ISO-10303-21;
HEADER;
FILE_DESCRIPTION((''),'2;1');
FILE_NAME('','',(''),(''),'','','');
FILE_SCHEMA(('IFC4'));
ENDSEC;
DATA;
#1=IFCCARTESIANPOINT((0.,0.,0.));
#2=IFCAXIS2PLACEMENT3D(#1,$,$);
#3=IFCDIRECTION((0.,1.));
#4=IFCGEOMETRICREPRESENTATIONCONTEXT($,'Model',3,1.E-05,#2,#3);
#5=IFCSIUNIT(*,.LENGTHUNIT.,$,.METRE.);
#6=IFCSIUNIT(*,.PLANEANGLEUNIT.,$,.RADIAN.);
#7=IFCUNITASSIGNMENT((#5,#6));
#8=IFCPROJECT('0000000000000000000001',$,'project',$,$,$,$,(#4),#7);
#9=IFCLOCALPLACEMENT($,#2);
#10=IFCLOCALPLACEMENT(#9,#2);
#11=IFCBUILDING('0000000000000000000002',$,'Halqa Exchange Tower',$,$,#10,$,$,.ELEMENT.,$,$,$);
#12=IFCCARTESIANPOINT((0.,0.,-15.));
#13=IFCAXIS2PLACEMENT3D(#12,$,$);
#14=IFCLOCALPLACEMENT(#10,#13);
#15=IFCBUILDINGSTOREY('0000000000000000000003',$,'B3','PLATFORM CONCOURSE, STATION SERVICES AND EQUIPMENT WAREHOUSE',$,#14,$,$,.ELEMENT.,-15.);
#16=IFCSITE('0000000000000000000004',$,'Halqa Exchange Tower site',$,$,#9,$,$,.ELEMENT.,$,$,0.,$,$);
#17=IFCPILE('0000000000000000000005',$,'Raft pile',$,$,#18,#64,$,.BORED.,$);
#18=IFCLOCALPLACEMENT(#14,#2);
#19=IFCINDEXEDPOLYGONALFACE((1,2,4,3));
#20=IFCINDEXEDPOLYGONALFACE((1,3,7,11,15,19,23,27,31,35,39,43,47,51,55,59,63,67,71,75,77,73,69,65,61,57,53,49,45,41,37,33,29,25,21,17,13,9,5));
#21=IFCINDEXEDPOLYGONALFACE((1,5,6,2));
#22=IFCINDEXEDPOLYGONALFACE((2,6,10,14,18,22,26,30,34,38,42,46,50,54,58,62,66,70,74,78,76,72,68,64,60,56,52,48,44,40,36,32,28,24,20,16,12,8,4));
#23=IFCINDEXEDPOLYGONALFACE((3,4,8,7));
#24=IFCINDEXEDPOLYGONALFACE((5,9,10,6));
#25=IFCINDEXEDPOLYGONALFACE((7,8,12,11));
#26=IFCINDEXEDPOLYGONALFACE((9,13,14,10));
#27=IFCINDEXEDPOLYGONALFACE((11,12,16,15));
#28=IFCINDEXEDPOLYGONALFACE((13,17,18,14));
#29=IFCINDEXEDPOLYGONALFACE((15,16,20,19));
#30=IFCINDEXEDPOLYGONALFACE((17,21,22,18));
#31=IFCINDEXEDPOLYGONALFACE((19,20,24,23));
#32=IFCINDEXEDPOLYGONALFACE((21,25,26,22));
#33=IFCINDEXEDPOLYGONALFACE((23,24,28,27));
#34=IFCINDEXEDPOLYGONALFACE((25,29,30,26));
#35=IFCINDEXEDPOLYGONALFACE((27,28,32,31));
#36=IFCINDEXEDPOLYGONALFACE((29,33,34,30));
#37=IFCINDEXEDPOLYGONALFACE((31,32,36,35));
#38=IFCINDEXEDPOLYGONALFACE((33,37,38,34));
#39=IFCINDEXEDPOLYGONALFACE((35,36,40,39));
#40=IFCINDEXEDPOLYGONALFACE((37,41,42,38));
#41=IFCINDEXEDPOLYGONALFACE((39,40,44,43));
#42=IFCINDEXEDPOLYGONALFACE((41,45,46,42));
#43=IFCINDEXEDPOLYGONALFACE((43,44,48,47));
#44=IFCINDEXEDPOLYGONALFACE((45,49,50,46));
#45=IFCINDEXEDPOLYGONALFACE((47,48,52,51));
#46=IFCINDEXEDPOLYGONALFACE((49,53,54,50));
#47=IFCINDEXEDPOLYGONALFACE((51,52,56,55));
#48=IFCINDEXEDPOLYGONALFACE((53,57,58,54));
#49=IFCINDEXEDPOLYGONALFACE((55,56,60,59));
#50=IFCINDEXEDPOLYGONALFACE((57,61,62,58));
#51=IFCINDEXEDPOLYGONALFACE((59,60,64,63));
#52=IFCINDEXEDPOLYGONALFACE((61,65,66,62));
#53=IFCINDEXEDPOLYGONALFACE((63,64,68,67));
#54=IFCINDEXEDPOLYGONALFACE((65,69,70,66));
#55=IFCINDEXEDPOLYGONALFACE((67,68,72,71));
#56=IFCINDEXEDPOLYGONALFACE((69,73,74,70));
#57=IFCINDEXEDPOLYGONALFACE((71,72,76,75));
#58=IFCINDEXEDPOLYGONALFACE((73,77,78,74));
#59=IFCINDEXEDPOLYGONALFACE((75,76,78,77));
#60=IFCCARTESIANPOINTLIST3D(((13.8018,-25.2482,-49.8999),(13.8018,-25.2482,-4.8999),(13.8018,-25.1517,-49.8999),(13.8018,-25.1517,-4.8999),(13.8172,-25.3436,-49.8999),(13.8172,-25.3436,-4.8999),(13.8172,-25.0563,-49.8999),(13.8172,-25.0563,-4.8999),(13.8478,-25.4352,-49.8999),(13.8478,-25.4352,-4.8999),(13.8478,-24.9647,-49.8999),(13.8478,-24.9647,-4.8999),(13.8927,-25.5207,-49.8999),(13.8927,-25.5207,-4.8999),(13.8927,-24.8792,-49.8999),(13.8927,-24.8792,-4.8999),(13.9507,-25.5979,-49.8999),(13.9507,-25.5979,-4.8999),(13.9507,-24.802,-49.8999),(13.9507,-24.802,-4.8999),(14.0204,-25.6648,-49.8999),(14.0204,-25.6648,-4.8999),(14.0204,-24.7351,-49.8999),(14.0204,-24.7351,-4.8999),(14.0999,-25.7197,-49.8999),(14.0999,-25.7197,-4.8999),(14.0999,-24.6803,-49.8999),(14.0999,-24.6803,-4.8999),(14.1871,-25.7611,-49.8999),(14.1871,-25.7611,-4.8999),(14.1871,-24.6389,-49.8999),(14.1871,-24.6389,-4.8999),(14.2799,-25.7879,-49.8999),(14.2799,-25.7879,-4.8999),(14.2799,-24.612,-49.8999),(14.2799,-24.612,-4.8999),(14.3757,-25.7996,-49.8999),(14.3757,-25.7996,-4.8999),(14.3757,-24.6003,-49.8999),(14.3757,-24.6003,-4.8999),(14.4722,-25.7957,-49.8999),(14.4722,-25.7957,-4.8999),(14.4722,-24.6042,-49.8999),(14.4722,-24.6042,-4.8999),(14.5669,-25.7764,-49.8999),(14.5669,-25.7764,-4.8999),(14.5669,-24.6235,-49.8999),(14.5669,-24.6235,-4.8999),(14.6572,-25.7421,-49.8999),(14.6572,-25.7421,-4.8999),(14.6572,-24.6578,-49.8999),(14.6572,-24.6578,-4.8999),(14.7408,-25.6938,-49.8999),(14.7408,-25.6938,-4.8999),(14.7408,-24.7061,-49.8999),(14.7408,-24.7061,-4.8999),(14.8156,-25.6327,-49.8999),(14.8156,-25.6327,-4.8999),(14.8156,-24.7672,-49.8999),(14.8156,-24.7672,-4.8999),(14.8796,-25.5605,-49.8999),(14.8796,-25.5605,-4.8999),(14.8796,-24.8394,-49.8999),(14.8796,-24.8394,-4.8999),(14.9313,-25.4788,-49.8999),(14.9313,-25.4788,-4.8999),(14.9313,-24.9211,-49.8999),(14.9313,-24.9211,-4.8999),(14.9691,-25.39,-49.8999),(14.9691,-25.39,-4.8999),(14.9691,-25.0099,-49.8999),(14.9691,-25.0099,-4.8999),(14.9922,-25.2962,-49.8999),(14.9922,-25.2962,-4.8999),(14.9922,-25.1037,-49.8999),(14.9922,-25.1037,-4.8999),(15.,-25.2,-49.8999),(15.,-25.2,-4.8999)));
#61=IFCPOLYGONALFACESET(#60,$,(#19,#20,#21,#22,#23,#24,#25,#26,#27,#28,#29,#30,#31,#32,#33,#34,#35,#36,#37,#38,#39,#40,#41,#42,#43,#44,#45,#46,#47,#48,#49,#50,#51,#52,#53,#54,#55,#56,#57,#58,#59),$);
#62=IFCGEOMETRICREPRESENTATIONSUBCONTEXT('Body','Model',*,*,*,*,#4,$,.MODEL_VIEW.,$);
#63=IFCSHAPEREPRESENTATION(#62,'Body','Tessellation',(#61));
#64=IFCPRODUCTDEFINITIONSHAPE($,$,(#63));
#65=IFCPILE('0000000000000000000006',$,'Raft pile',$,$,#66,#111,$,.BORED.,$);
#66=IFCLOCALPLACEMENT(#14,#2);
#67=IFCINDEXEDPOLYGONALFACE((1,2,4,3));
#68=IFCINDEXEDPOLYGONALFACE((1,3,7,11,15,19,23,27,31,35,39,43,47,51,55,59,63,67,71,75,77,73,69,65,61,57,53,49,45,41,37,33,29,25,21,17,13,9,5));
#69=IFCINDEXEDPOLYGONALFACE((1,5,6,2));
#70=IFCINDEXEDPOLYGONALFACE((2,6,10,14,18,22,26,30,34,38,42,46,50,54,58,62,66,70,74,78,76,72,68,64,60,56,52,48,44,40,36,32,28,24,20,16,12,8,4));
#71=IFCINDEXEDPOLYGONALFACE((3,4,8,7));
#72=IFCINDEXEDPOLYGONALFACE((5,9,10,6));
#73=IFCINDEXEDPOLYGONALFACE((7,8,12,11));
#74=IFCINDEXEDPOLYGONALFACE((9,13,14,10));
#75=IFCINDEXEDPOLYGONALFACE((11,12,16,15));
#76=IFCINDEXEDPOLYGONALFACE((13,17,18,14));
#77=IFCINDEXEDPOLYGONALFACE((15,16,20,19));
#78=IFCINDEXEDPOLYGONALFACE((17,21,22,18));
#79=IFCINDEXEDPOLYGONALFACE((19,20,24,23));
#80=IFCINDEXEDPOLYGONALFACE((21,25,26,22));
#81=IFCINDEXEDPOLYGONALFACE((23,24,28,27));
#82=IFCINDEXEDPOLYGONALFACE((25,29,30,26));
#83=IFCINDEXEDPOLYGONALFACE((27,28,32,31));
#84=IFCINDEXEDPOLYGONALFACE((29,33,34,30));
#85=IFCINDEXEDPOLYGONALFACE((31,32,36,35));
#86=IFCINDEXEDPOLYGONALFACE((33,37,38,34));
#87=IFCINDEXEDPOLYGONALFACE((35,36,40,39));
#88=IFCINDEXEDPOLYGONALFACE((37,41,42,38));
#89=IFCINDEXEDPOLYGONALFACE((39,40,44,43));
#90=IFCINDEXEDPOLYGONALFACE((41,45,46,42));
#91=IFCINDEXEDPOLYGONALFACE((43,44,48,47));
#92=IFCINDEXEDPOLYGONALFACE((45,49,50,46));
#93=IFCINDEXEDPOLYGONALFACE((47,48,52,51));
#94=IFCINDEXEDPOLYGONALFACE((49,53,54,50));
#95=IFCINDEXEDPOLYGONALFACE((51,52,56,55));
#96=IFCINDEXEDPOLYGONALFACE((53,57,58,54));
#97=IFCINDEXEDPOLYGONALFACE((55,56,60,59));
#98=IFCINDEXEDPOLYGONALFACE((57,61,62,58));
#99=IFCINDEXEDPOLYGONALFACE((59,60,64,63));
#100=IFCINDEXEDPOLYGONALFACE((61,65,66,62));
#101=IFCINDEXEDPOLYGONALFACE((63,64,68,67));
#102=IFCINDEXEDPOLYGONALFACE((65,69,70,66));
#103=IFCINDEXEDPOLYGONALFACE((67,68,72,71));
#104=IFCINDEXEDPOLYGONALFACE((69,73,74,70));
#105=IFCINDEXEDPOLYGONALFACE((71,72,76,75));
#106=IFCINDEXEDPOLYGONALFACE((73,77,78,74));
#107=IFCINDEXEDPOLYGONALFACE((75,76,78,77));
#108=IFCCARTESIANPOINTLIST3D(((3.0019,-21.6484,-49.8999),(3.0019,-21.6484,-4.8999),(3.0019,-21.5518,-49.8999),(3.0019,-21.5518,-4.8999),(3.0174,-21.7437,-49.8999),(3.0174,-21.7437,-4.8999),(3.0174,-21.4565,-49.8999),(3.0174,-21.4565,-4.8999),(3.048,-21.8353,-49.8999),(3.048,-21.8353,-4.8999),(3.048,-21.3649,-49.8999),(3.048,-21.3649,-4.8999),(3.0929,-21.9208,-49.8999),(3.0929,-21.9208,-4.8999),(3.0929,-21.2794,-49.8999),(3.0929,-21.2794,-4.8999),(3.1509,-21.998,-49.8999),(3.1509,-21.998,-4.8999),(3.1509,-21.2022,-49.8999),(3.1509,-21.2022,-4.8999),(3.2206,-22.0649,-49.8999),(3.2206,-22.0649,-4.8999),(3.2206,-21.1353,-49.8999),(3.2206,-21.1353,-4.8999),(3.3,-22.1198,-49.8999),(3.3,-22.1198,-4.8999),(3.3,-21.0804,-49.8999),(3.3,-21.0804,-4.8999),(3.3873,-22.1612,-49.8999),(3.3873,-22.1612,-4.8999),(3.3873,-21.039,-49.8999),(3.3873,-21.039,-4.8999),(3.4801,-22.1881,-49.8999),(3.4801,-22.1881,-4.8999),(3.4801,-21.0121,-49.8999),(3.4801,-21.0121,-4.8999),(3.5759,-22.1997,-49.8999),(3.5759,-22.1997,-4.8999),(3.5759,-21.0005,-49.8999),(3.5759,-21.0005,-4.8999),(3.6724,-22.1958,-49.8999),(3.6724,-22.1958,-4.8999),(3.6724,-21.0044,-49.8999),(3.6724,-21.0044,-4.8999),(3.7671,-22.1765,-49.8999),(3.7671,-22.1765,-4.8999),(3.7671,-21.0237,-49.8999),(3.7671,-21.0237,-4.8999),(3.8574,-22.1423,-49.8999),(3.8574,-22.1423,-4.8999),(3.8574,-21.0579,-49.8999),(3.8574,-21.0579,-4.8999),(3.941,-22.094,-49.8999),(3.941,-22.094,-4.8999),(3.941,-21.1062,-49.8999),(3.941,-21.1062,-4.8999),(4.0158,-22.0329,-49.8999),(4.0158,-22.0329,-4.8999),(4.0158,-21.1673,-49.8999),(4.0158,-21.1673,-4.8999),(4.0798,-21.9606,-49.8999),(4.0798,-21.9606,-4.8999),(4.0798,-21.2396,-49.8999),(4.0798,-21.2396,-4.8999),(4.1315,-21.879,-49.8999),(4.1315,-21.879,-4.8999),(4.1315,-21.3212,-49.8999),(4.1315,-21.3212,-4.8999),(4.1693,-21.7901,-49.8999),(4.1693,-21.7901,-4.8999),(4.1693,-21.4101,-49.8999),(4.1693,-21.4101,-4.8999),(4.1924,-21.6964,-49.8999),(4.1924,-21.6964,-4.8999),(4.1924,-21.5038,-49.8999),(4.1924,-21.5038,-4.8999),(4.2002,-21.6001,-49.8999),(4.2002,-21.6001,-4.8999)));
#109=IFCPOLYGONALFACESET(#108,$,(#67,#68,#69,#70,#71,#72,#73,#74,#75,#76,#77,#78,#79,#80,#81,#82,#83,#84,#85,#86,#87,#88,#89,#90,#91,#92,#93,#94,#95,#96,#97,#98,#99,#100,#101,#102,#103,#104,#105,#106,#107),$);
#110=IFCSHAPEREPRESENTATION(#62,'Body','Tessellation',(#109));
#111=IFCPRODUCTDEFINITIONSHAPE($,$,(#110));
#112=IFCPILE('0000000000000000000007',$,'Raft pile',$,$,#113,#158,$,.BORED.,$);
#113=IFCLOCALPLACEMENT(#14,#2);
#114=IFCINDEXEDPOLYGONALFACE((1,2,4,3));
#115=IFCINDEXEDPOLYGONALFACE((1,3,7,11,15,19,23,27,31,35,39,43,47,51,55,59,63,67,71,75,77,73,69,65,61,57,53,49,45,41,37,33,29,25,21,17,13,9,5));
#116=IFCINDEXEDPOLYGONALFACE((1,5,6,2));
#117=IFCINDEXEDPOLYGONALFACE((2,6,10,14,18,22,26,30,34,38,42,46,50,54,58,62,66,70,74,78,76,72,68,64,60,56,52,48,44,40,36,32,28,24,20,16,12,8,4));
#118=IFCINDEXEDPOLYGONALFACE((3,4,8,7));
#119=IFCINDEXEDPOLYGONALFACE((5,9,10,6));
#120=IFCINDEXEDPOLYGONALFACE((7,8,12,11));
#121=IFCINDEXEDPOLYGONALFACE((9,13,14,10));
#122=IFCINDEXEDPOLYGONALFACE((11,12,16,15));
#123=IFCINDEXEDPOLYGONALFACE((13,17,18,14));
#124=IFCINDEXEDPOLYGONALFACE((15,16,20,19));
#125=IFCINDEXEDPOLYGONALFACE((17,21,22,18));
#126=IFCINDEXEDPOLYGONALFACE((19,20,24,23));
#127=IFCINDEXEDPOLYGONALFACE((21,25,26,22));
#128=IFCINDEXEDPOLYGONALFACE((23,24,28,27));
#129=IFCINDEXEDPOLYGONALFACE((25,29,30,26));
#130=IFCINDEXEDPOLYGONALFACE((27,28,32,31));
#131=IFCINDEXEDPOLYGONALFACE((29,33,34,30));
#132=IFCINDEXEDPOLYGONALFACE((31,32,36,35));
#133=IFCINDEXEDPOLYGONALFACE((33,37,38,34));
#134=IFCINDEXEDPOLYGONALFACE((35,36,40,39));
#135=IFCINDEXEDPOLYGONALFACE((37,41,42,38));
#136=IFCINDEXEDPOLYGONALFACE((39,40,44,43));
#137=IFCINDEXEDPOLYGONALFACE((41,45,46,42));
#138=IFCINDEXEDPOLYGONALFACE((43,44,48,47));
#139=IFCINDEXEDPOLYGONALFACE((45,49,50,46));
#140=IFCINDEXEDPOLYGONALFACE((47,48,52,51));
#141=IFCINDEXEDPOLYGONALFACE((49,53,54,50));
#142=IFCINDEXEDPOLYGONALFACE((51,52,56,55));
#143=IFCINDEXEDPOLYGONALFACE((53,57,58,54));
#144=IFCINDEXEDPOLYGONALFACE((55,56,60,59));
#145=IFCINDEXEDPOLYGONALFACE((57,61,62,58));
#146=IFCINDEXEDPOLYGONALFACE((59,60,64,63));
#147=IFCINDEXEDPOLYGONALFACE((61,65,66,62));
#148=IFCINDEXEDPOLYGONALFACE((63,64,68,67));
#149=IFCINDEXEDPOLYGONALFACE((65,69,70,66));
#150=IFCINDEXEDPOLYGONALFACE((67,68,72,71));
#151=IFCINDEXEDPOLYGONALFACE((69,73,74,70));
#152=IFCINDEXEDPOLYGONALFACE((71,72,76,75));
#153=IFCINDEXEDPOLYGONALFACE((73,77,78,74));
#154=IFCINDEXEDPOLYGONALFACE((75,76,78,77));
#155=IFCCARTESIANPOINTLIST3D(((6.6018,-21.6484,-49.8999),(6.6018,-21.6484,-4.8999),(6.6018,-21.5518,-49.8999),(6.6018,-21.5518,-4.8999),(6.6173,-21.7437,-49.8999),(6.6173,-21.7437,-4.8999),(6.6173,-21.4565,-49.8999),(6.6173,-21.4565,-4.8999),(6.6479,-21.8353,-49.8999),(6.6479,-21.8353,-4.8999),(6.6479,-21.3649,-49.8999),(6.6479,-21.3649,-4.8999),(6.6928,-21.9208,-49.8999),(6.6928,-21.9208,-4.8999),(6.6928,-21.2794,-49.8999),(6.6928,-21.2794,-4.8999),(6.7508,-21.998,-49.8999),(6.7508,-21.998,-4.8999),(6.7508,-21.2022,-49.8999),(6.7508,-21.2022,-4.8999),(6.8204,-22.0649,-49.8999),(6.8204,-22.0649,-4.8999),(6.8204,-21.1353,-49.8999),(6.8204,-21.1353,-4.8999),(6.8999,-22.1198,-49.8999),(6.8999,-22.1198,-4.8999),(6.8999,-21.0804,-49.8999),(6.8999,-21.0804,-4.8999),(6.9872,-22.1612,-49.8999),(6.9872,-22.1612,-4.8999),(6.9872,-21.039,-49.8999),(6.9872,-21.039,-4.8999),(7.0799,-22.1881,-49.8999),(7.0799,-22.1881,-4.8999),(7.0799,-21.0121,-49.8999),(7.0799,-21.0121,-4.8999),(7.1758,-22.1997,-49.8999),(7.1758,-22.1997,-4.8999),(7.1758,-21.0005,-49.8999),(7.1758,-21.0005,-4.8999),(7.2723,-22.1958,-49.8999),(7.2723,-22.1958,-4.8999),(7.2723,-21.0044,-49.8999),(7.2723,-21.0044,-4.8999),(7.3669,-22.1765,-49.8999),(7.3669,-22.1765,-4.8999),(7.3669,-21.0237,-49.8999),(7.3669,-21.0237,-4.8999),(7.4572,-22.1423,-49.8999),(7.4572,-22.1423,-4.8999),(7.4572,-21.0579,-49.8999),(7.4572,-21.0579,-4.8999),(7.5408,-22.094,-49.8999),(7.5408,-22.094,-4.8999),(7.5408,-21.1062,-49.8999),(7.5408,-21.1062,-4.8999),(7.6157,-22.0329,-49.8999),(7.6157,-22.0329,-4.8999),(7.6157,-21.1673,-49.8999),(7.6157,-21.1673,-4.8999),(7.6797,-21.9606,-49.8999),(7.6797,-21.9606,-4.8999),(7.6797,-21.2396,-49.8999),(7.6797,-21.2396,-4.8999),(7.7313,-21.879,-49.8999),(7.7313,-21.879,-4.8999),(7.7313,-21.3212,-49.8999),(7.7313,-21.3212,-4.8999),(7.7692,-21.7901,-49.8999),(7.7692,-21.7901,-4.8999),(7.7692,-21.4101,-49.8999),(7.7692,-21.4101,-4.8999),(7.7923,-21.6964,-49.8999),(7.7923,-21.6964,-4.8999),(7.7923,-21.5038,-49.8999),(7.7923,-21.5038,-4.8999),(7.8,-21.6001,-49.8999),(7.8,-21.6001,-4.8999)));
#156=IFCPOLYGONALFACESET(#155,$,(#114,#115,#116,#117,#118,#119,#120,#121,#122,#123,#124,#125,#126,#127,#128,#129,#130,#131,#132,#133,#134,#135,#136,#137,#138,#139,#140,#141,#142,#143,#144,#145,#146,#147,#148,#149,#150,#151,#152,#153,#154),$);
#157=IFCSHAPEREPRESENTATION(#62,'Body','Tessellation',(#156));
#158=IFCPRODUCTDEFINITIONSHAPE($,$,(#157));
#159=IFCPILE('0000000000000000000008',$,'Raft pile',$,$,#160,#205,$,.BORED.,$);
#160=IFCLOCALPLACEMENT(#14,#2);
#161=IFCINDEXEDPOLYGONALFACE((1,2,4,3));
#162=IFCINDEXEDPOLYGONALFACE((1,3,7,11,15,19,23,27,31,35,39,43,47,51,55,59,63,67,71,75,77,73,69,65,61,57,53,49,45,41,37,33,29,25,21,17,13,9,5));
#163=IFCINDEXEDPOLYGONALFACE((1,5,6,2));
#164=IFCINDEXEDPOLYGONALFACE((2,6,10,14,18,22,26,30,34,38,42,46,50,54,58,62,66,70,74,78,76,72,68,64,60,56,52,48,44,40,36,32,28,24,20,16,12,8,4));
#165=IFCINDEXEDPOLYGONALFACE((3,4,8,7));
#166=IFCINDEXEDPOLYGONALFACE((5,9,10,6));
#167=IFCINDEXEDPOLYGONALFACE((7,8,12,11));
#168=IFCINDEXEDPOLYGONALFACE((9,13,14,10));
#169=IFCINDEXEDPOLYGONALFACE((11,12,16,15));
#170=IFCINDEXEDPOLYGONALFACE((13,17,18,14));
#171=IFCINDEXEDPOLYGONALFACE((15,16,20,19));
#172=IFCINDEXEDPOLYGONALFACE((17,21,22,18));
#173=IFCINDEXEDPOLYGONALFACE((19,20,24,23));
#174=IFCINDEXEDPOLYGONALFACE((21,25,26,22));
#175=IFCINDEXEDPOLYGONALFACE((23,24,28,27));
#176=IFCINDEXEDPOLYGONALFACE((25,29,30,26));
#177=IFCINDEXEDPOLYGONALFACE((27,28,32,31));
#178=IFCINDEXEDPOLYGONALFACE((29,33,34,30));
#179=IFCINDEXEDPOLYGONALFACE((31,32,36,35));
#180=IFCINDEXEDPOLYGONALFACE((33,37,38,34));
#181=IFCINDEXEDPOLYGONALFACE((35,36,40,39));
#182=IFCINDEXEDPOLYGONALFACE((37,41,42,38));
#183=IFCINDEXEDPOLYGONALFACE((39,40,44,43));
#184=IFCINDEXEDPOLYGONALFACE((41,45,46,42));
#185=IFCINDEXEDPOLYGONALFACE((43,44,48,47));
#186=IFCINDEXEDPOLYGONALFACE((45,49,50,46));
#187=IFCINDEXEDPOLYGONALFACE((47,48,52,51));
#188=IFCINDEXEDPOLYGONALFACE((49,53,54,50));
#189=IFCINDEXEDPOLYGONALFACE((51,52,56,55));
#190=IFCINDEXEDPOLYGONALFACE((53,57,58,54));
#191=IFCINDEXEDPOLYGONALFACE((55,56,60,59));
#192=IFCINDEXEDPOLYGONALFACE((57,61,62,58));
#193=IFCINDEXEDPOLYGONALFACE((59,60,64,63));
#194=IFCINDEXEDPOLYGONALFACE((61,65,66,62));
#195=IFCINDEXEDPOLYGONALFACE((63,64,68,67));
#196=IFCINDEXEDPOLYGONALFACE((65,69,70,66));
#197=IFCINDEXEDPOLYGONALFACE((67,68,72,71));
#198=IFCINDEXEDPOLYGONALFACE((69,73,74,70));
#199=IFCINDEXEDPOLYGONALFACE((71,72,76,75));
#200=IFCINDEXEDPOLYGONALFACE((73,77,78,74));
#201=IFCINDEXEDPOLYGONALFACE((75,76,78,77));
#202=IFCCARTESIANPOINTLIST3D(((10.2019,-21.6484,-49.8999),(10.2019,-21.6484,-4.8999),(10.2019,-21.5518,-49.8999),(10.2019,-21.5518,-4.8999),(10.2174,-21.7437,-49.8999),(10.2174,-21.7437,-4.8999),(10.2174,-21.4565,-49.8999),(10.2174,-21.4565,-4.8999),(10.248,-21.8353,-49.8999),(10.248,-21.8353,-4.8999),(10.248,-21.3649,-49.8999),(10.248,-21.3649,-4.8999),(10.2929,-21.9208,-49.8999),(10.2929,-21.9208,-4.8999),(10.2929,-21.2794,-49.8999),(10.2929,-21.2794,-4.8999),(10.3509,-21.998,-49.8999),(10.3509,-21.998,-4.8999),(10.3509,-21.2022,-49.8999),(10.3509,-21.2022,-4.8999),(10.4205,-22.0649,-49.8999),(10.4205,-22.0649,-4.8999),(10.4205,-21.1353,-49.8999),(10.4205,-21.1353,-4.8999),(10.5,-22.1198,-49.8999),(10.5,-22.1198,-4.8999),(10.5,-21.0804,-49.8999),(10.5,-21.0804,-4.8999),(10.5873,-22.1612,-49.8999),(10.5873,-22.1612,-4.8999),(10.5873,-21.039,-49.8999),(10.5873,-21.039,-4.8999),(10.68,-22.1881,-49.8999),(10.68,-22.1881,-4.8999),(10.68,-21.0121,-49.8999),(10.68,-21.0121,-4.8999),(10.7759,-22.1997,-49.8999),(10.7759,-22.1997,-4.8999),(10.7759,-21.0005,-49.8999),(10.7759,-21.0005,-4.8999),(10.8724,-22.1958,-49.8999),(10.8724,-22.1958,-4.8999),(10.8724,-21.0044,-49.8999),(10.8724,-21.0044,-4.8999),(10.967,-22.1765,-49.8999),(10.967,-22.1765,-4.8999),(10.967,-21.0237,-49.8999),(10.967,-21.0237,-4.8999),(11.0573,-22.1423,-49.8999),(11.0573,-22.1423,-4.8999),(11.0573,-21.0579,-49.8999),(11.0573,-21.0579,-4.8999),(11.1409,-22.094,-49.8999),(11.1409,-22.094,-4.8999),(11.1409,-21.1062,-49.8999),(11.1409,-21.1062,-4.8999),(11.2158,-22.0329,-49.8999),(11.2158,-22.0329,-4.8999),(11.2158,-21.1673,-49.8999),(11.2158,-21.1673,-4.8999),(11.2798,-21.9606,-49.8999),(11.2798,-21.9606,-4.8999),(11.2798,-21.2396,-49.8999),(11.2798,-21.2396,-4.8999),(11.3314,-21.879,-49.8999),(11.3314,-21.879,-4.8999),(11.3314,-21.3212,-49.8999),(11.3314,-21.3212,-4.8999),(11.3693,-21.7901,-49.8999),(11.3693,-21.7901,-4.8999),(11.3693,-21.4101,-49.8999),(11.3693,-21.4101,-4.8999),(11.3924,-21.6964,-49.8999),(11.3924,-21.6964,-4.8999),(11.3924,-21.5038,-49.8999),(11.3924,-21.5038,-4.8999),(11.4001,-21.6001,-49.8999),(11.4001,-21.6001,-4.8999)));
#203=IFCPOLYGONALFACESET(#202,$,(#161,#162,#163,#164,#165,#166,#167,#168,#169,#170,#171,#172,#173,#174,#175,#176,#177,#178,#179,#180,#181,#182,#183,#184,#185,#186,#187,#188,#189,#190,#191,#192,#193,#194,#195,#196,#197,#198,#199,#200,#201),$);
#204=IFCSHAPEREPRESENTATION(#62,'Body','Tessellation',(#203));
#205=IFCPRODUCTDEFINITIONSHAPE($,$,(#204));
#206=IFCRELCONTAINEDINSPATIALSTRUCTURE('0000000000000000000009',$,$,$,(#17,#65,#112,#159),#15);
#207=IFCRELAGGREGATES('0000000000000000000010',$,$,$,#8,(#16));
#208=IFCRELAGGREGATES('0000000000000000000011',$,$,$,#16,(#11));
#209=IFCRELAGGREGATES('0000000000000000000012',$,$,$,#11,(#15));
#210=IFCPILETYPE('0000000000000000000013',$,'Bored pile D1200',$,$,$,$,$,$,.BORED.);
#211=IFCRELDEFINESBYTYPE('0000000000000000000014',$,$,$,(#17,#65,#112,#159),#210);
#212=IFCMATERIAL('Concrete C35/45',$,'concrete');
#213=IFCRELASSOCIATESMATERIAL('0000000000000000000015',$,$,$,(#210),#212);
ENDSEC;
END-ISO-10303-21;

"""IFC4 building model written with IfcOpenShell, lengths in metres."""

from ifc_helpers import new_model, si_unit, direction, frame, origin, origin_2d, place, context, subcontext, project, spatial, circle, extrude, material, material_profile, profile_set, type_object, element, save


model = new_model("IFC4")

# Units and contexts
model_context = context("Model", 3, precision=1e-05, world=origin(), true_north=direction((0.0, 1.0)))
body_context = subcontext(model_context, "Body", "Model", "MODEL_VIEW")
ifc_project = project(units=[si_unit("LENGTHUNIT", "METRE"), si_unit("PLANEANGLEUNIT", "RADIAN")], contexts=[model_context])

# Site, building, storey
site_placement = place(None, origin())
site = spatial("IfcSite", under=ifc_project, at=site_placement, Name="Halqa Exchange Tower site", CompositionType="ELEMENT", RefElevation=0.0)
building_placement = place(site_placement, origin())
building = spatial("IfcBuilding", under=site, at=building_placement, Name="Halqa Exchange Tower", CompositionType="ELEMENT")
storey_placement = place(building_placement, frame((0.0, 0.0, -15.0)))
storey = spatial("IfcBuildingStorey", under=building, at=storey_placement, Name="B3", Description="PLATFORM CONCOURSE, STATION SERVICES AND EQUIPMENT WAREHOUSE", CompositionType="ELEMENT", Elevation=-15.0)

# Piles
ifc_material_1 = material(Name="Concrete C35/45", Category="concrete")
ifc_material_profile_1 = material_profile(ifc_material_1, circle(Radius=0.6001, at=origin_2d()), Name="D1200")
ifc_profile_set_1 = profile_set([ifc_material_profile_1], Name="Concrete C35/45")
pile_type_1 = type_object("IfcPileType", Name="Bored pile D1200", PredefinedType="BORED", material=ifc_profile_set_1)
for number, where, z_axis, x_axis, name in (
    (1, (14.3999, -25.2, -4.8999), (0.0, 0.0, -1.0), (1.0, 0.0, 0.0), "Raft pile"),
    (2, (3.6001, -21.6001, -4.8999), (0.0, 0.0, -1.0), (1.0, 0.0, 0.0), "Raft pile"),
    (3, (7.2, -21.6001, -4.8999), (0.0, 0.0, -1.0), (1.0, 0.0, 0.0), "Raft pile"),
    (4, (10.8, -21.6001, -4.8999), (0.0, 0.0, -1.0), (1.0, 0.0, 0.0), "Raft pile"),
):
    element("IfcPile", number, at=place(storey_placement, frame(where, z_axis=z_axis, x_axis=x_axis)), inside=storey, type_object=pile_type_1, Name=name, PredefinedType="BORED", context=body_context, shape_type="SweptSolid", body=[
        extrude(circle(Radius=0.6001, at=origin_2d()), origin(), (0.0, 0.0, 1.0), 45.0),
    ])

save(model, "model.ifc")
